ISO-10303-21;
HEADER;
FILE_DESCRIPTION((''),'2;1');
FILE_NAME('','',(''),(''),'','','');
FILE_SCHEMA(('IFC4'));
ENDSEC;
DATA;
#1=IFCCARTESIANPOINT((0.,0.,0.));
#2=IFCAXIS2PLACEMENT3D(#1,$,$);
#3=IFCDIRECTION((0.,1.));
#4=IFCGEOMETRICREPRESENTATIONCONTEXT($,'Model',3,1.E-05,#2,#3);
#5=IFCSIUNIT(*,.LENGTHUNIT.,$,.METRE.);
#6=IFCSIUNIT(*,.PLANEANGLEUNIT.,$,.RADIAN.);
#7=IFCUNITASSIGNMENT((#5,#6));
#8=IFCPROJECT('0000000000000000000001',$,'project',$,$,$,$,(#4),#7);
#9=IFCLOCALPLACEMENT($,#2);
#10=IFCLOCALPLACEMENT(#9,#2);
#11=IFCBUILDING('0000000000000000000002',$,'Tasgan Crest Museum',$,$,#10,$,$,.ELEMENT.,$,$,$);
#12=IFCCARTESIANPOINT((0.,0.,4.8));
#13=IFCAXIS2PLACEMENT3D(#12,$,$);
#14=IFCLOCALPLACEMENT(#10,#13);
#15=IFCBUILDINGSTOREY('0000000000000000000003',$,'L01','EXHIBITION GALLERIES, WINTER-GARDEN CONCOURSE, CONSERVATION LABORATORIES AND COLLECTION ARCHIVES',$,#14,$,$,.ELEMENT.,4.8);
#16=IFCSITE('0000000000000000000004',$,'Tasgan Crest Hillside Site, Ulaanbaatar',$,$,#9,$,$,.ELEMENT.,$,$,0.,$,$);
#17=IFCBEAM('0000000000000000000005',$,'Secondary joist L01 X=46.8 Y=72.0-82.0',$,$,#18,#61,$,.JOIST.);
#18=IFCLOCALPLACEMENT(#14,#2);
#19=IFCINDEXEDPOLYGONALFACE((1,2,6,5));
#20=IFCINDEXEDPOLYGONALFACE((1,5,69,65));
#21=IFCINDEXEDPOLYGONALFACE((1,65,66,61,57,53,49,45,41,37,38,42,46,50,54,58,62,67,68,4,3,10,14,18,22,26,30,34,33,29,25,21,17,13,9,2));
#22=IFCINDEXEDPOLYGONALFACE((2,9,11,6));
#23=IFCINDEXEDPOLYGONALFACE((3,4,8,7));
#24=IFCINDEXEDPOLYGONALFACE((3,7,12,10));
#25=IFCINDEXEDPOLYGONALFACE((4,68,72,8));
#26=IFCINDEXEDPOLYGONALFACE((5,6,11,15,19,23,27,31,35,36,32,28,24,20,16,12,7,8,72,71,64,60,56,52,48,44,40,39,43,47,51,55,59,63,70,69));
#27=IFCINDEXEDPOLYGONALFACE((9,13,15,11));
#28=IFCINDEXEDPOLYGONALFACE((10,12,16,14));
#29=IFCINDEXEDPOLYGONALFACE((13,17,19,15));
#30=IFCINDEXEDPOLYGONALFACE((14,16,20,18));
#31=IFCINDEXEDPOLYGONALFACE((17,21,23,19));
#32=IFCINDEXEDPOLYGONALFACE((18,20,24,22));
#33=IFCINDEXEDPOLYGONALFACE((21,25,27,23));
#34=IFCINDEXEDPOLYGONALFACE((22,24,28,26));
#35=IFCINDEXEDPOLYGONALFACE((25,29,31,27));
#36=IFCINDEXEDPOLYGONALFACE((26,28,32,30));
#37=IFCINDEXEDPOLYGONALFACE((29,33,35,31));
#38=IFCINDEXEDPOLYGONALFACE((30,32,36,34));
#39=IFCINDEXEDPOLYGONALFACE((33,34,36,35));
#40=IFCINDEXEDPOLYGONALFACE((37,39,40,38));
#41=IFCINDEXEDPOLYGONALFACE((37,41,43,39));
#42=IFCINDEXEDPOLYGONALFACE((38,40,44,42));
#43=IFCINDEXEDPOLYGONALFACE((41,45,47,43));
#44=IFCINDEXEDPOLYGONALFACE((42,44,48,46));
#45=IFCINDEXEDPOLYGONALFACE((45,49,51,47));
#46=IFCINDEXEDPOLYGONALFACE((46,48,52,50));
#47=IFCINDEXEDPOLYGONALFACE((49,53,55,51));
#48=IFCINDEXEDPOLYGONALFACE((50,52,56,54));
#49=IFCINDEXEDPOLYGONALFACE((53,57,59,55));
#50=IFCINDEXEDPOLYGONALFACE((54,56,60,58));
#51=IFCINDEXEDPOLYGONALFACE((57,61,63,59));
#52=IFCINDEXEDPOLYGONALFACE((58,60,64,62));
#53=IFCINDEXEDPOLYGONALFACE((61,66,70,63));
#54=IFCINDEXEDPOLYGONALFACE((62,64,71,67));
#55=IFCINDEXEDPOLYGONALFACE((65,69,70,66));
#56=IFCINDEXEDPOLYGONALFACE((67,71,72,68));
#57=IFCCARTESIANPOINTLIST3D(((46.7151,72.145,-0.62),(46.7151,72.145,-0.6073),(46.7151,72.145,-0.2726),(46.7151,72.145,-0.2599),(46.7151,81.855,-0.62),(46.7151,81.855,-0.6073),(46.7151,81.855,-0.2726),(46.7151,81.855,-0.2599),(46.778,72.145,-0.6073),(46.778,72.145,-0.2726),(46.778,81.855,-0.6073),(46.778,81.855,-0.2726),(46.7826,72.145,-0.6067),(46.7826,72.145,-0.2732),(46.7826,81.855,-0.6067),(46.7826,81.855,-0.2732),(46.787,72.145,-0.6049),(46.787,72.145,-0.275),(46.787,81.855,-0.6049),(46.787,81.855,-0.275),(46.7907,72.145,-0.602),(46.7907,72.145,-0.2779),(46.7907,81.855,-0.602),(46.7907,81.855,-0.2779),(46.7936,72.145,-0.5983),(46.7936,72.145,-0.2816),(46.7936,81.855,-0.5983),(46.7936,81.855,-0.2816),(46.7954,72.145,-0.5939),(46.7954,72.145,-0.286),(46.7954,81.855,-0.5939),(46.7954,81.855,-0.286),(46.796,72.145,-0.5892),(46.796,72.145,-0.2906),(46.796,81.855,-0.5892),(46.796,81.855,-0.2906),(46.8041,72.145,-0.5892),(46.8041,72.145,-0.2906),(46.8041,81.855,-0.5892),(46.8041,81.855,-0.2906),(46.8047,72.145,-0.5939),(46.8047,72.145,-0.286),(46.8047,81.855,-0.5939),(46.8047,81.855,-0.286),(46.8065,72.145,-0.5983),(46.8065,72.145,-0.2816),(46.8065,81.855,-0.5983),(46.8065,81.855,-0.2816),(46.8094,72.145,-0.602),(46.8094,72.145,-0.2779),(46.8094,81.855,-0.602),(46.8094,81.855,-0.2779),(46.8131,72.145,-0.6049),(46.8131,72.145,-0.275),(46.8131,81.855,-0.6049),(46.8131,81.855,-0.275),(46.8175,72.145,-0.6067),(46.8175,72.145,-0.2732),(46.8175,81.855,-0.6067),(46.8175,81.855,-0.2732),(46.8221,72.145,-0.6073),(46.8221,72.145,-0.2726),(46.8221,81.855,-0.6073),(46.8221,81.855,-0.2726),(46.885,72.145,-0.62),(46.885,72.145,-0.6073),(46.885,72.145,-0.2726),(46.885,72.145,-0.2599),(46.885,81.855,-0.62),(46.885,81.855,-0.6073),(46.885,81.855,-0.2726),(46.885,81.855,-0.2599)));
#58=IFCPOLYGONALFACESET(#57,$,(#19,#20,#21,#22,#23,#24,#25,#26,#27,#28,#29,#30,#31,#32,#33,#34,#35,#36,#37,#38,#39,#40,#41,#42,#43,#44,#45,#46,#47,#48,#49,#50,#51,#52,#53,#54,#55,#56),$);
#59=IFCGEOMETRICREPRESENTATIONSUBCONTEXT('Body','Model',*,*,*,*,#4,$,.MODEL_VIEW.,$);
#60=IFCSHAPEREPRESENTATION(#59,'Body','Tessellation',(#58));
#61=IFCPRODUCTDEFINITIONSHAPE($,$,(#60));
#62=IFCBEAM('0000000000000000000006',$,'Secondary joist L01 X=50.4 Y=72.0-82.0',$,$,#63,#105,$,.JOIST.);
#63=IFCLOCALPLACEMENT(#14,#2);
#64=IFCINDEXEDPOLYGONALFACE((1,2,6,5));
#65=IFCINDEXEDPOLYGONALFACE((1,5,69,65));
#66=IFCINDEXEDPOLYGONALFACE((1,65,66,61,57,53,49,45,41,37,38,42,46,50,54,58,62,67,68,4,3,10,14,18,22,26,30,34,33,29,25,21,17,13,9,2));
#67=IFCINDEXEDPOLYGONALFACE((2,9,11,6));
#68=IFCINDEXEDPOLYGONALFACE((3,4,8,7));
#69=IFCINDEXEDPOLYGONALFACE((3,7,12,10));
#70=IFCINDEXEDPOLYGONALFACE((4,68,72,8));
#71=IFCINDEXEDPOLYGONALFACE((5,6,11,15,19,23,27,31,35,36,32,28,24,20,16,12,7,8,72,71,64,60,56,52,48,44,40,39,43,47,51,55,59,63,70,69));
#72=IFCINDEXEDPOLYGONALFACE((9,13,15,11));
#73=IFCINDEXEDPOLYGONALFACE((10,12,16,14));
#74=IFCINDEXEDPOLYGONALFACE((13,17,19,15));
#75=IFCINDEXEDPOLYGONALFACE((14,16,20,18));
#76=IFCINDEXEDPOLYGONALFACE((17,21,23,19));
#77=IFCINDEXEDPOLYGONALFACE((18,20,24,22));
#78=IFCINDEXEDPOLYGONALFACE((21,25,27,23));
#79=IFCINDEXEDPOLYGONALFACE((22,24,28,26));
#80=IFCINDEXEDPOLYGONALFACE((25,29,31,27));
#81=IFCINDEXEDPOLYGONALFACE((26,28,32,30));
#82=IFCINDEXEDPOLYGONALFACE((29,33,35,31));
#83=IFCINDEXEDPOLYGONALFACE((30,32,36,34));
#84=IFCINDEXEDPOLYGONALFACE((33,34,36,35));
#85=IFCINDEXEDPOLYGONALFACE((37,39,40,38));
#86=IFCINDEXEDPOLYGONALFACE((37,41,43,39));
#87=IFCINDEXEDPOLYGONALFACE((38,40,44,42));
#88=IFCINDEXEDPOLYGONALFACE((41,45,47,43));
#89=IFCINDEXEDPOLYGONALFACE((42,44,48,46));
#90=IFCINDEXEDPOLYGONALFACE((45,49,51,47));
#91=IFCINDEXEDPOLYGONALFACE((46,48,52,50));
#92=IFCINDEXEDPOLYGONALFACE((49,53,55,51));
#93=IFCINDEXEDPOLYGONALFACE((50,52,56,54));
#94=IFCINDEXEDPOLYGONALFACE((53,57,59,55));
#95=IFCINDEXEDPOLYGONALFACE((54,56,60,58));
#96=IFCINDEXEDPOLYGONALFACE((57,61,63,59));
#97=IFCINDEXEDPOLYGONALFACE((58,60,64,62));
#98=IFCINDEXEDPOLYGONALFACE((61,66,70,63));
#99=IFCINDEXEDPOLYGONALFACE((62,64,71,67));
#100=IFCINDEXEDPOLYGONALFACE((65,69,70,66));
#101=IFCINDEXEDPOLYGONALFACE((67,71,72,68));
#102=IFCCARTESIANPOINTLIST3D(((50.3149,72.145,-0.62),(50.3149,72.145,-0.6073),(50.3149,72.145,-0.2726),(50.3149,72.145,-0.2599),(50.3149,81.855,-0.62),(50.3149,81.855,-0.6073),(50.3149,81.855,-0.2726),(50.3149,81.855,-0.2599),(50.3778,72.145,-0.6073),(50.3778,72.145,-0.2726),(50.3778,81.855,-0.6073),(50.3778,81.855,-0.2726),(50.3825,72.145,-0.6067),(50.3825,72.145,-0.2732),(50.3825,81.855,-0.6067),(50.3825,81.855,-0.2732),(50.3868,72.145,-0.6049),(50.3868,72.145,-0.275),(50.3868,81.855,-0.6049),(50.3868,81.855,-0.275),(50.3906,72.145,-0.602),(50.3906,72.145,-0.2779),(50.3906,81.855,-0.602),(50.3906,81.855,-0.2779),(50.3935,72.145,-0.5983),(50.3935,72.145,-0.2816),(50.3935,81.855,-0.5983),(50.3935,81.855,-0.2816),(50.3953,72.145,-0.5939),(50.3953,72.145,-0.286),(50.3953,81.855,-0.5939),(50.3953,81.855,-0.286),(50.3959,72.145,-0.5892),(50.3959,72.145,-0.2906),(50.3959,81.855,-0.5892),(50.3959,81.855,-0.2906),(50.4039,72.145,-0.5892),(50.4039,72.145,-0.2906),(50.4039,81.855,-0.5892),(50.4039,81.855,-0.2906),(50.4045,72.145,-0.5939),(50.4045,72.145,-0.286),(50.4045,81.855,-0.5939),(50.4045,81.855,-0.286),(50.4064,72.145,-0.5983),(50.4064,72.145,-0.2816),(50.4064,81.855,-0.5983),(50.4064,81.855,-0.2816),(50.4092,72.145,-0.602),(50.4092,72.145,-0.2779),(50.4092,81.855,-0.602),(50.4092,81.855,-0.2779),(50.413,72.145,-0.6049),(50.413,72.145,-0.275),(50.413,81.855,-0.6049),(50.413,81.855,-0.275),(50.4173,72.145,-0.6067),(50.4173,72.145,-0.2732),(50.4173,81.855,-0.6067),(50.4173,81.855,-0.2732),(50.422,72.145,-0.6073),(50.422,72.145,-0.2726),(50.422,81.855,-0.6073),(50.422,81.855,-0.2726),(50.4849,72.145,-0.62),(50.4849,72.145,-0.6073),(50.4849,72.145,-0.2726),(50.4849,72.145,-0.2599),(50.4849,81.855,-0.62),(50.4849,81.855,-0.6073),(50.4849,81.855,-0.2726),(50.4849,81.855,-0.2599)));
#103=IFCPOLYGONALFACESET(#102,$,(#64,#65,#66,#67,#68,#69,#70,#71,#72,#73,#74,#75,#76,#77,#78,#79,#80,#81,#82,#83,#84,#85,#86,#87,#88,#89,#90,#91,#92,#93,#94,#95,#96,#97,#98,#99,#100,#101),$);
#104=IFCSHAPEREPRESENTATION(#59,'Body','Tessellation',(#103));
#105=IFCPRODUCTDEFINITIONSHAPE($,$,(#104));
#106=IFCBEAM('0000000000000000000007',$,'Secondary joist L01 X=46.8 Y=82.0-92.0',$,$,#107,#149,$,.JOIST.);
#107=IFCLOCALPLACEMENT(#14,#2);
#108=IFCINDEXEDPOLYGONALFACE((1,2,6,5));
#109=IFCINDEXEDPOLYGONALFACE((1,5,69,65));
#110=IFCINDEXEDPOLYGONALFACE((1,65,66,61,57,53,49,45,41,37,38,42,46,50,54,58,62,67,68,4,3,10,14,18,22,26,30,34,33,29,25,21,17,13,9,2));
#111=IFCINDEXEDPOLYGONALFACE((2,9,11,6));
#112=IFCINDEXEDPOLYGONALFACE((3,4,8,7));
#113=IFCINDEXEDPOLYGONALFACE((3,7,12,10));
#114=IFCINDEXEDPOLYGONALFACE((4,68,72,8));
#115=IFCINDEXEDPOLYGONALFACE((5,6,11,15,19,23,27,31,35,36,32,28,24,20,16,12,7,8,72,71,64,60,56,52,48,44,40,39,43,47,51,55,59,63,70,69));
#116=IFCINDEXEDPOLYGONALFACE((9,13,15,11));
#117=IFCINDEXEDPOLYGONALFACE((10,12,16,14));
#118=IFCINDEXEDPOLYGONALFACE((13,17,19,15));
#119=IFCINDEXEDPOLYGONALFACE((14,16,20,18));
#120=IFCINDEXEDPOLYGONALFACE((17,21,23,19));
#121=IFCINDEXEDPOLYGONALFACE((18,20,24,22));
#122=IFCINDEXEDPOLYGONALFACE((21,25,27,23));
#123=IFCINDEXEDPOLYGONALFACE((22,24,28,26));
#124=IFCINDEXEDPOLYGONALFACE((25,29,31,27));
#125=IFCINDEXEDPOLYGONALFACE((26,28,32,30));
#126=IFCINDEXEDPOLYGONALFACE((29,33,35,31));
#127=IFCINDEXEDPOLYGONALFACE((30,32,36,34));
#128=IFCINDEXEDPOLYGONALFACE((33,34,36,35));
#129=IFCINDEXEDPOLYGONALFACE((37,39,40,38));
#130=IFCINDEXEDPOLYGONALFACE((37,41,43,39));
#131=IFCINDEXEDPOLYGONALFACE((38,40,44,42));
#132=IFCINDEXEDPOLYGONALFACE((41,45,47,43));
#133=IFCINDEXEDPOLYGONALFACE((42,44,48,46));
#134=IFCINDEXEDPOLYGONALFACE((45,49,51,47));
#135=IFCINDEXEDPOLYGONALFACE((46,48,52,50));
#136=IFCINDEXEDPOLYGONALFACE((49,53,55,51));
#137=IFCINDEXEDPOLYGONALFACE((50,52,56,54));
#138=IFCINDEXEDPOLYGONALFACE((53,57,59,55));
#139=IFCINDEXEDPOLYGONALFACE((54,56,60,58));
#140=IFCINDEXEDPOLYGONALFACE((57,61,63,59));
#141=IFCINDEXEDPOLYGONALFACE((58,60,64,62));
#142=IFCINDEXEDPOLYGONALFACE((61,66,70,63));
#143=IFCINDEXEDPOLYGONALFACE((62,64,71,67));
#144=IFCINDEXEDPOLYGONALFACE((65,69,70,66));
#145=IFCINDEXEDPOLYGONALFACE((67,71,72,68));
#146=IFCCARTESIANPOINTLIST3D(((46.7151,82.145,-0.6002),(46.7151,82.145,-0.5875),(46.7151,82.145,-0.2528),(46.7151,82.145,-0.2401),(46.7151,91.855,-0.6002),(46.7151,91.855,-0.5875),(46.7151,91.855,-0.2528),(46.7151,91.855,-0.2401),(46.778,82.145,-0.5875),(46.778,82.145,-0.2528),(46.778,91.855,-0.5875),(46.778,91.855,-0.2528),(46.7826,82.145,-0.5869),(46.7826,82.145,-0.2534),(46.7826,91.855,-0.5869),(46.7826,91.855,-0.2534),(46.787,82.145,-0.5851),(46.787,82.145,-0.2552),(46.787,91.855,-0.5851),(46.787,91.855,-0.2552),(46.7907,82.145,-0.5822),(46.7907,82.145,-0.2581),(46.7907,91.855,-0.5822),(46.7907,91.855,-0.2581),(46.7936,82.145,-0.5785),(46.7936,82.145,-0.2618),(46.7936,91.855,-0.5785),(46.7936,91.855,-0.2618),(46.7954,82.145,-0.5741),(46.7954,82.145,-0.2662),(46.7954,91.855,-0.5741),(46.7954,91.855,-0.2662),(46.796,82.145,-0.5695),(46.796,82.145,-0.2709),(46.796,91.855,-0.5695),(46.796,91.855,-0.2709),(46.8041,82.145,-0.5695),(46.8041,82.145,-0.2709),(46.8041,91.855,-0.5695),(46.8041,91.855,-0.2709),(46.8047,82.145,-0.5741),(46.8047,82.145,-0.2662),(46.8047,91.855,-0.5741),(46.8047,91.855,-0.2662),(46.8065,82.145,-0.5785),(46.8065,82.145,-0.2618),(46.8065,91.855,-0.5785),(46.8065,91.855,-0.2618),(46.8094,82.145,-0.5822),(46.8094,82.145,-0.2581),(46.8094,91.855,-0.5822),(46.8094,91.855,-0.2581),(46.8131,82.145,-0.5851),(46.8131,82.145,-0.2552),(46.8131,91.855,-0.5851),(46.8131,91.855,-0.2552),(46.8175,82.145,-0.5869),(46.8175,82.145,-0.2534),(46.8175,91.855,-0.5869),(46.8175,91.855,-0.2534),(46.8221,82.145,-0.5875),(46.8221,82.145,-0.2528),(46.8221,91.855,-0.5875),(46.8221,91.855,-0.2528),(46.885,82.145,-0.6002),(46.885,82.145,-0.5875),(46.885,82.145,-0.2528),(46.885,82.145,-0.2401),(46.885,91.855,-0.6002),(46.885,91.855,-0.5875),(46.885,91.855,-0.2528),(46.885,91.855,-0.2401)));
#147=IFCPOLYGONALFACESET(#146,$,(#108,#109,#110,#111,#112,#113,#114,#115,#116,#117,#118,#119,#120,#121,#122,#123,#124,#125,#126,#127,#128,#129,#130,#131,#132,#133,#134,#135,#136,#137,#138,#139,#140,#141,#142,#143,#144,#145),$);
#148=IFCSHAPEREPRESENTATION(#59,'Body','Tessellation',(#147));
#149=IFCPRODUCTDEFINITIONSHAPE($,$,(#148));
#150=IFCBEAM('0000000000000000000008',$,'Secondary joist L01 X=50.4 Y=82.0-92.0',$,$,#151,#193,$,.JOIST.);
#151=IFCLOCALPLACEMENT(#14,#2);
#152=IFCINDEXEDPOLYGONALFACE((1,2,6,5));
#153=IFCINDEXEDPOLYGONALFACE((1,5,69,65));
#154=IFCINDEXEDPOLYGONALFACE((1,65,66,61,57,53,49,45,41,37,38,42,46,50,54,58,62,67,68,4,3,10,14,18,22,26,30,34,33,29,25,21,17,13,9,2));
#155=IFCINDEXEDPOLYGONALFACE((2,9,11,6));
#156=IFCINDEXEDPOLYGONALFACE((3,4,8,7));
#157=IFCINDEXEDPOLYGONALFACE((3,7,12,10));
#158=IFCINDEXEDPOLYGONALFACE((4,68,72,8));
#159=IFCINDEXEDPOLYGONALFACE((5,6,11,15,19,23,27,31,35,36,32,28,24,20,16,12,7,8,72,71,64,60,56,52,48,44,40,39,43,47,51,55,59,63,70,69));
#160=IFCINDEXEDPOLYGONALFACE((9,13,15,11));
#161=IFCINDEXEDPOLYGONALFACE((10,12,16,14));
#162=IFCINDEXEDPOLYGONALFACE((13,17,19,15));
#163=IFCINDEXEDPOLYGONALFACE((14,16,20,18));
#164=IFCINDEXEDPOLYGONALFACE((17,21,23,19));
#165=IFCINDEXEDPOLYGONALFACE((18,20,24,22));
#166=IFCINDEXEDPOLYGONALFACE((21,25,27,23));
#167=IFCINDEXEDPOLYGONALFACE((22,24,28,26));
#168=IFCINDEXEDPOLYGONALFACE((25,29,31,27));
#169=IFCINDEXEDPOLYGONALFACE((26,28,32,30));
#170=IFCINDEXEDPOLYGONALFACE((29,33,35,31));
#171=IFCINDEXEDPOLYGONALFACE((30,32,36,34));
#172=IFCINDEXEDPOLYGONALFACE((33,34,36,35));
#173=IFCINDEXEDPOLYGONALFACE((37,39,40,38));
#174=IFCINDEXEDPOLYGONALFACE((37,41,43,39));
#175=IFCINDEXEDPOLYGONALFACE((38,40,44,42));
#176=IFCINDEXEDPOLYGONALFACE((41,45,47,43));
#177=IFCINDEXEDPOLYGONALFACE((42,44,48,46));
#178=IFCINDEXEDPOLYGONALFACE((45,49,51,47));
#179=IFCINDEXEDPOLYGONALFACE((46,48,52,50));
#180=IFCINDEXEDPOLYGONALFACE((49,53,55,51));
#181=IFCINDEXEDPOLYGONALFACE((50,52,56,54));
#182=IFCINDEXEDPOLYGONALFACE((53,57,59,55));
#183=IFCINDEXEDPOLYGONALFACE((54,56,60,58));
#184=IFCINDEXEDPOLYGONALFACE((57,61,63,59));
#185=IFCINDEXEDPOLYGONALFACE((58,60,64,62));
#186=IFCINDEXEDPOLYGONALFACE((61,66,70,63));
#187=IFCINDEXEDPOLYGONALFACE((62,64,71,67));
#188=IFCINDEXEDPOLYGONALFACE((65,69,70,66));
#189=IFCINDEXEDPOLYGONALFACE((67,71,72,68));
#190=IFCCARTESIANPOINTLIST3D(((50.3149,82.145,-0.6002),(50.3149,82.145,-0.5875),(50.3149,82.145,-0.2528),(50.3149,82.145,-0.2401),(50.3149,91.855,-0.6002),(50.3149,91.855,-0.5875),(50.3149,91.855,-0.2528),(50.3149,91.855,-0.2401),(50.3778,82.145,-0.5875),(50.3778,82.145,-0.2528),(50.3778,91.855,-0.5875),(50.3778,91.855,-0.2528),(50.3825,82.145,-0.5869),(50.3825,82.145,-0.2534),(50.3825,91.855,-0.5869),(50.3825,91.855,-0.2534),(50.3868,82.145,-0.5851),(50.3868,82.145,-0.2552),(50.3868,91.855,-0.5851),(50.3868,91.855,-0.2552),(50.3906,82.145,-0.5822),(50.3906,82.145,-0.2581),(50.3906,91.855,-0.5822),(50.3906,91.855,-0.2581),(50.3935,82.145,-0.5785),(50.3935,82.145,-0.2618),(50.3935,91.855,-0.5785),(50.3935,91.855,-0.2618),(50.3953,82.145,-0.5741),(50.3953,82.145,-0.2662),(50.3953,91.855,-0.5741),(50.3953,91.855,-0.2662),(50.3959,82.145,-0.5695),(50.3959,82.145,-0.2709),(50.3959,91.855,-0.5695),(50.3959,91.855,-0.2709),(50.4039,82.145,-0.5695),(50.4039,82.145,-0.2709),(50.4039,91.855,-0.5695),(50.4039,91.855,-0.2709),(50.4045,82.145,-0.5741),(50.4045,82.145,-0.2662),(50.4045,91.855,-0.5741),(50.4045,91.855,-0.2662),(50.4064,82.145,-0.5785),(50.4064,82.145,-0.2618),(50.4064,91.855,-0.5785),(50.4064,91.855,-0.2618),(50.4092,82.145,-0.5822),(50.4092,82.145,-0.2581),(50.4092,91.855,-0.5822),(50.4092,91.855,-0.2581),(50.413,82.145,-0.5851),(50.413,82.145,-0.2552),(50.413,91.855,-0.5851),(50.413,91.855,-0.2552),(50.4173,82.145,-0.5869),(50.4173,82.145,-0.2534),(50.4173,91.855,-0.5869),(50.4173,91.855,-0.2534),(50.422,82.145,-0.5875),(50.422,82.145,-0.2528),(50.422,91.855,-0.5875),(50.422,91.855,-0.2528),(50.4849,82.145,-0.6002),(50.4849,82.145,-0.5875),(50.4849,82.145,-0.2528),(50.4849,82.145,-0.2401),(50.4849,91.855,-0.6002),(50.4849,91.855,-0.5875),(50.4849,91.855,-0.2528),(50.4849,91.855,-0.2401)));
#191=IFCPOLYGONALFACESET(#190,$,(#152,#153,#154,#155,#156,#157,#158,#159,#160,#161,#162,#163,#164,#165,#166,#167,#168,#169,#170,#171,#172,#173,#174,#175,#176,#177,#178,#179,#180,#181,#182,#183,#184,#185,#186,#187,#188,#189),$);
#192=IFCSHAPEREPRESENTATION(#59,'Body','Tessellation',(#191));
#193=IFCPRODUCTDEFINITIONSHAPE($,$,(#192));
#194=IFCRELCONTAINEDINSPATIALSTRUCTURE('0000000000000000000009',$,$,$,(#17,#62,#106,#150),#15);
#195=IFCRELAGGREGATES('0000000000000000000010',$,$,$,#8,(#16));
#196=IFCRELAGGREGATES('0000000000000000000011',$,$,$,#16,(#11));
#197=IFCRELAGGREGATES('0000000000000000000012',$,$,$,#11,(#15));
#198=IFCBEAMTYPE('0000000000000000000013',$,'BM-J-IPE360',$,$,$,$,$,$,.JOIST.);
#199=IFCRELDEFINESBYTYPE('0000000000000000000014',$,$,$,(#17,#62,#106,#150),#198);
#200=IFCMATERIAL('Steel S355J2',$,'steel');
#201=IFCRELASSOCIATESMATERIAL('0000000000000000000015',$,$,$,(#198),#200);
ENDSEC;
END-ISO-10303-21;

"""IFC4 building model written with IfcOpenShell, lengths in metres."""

from ifc_helpers import new_model, si_unit, direction, frame, origin, origin_2d, place, context, subcontext, project, spatial, i_section, extrude, material, material_profile, profile_set, type_object, element, save


model = new_model("IFC4")

# Units and contexts
model_context = context("Model", 3, precision=1e-05, world=origin(), true_north=direction((0.0, 1.0)))
body_context = subcontext(model_context, "Body", "Model", "MODEL_VIEW")
ifc_project = project(units=[si_unit("LENGTHUNIT", "METRE"), si_unit("PLANEANGLEUNIT", "RADIAN")], contexts=[model_context])

# Site, building, storey
site_placement = place(None, origin())
site = spatial("IfcSite", under=ifc_project, at=site_placement, Name="Tasgan Crest Hillside Site, Ulaanbaatar", CompositionType="ELEMENT", RefElevation=0.0)
building_placement = place(site_placement, origin())
building = spatial("IfcBuilding", under=site, at=building_placement, Name="Tasgan Crest Museum", CompositionType="ELEMENT")
storey_placement = place(building_placement, frame((0.0, 0.0, 4.8)))
storey = spatial("IfcBuildingStorey", under=building, at=storey_placement, Name="L01", Description="EXHIBITION GALLERIES, WINTER-GARDEN CONCOURSE, CONSERVATION LABORATORIES AND COLLECTION ARCHIVES", CompositionType="ELEMENT", Elevation=4.8)

# Beams
ifc_material_1 = material(Name="Steel S355J2", Category="steel")
ifc_material_profile_1 = material_profile(ifc_material_1, i_section(OverallWidth=0.1699, OverallDepth=0.3601, WebThickness=0.0081, FlangeThickness=0.0127, FilletRadius=0.0181, at=origin_2d()), Name="IPE 360")
ifc_profile_set_1 = profile_set([ifc_material_profile_1], Name="Steel S355J2")
beam_type_1 = type_object("IfcBeamType", Name="BM-J-IPE360", PredefinedType="JOIST", material=ifc_profile_set_1)
for number, where, z_axis, x_axis, name in (
    (1, (46.8, 72.145, -0.4399), (0.0, 1.0, 0.0), (-1.0, 0.0, 0.0), "Secondary joist L01 X=46.8 Y=72.0-82.0"),
    (2, (50.3999, 72.145, -0.4399), (0.0, 1.0, 0.0), (-1.0, 0.0, 0.0), "Secondary joist L01 X=50.4 Y=72.0-82.0"),
    (3, (46.8, 82.145, -0.4202), (0.0, 1.0, 0.0), (-1.0, 0.0, 0.0), "Secondary joist L01 X=46.8 Y=82.0-92.0"),
    (4, (50.3999, 82.145, -0.4202), (0.0, 1.0, 0.0), (-1.0, 0.0, 0.0), "Secondary joist L01 X=50.4 Y=82.0-92.0"),
):
    element("IfcBeam", number, at=place(storey_placement, frame(where, z_axis=z_axis, x_axis=x_axis)), inside=storey, type_object=beam_type_1, Name=name, PredefinedType="JOIST", context=body_context, shape_type="SweptSolid", body=[
        extrude(i_section(OverallWidth=0.1699, OverallDepth=0.3601, WebThickness=0.0081, FlangeThickness=0.0127, FilletRadius=0.0181, at=origin_2d()), origin(), (0.0, 0.0, 1.0), 9.71),
    ])

save(model, "model.ifc")
